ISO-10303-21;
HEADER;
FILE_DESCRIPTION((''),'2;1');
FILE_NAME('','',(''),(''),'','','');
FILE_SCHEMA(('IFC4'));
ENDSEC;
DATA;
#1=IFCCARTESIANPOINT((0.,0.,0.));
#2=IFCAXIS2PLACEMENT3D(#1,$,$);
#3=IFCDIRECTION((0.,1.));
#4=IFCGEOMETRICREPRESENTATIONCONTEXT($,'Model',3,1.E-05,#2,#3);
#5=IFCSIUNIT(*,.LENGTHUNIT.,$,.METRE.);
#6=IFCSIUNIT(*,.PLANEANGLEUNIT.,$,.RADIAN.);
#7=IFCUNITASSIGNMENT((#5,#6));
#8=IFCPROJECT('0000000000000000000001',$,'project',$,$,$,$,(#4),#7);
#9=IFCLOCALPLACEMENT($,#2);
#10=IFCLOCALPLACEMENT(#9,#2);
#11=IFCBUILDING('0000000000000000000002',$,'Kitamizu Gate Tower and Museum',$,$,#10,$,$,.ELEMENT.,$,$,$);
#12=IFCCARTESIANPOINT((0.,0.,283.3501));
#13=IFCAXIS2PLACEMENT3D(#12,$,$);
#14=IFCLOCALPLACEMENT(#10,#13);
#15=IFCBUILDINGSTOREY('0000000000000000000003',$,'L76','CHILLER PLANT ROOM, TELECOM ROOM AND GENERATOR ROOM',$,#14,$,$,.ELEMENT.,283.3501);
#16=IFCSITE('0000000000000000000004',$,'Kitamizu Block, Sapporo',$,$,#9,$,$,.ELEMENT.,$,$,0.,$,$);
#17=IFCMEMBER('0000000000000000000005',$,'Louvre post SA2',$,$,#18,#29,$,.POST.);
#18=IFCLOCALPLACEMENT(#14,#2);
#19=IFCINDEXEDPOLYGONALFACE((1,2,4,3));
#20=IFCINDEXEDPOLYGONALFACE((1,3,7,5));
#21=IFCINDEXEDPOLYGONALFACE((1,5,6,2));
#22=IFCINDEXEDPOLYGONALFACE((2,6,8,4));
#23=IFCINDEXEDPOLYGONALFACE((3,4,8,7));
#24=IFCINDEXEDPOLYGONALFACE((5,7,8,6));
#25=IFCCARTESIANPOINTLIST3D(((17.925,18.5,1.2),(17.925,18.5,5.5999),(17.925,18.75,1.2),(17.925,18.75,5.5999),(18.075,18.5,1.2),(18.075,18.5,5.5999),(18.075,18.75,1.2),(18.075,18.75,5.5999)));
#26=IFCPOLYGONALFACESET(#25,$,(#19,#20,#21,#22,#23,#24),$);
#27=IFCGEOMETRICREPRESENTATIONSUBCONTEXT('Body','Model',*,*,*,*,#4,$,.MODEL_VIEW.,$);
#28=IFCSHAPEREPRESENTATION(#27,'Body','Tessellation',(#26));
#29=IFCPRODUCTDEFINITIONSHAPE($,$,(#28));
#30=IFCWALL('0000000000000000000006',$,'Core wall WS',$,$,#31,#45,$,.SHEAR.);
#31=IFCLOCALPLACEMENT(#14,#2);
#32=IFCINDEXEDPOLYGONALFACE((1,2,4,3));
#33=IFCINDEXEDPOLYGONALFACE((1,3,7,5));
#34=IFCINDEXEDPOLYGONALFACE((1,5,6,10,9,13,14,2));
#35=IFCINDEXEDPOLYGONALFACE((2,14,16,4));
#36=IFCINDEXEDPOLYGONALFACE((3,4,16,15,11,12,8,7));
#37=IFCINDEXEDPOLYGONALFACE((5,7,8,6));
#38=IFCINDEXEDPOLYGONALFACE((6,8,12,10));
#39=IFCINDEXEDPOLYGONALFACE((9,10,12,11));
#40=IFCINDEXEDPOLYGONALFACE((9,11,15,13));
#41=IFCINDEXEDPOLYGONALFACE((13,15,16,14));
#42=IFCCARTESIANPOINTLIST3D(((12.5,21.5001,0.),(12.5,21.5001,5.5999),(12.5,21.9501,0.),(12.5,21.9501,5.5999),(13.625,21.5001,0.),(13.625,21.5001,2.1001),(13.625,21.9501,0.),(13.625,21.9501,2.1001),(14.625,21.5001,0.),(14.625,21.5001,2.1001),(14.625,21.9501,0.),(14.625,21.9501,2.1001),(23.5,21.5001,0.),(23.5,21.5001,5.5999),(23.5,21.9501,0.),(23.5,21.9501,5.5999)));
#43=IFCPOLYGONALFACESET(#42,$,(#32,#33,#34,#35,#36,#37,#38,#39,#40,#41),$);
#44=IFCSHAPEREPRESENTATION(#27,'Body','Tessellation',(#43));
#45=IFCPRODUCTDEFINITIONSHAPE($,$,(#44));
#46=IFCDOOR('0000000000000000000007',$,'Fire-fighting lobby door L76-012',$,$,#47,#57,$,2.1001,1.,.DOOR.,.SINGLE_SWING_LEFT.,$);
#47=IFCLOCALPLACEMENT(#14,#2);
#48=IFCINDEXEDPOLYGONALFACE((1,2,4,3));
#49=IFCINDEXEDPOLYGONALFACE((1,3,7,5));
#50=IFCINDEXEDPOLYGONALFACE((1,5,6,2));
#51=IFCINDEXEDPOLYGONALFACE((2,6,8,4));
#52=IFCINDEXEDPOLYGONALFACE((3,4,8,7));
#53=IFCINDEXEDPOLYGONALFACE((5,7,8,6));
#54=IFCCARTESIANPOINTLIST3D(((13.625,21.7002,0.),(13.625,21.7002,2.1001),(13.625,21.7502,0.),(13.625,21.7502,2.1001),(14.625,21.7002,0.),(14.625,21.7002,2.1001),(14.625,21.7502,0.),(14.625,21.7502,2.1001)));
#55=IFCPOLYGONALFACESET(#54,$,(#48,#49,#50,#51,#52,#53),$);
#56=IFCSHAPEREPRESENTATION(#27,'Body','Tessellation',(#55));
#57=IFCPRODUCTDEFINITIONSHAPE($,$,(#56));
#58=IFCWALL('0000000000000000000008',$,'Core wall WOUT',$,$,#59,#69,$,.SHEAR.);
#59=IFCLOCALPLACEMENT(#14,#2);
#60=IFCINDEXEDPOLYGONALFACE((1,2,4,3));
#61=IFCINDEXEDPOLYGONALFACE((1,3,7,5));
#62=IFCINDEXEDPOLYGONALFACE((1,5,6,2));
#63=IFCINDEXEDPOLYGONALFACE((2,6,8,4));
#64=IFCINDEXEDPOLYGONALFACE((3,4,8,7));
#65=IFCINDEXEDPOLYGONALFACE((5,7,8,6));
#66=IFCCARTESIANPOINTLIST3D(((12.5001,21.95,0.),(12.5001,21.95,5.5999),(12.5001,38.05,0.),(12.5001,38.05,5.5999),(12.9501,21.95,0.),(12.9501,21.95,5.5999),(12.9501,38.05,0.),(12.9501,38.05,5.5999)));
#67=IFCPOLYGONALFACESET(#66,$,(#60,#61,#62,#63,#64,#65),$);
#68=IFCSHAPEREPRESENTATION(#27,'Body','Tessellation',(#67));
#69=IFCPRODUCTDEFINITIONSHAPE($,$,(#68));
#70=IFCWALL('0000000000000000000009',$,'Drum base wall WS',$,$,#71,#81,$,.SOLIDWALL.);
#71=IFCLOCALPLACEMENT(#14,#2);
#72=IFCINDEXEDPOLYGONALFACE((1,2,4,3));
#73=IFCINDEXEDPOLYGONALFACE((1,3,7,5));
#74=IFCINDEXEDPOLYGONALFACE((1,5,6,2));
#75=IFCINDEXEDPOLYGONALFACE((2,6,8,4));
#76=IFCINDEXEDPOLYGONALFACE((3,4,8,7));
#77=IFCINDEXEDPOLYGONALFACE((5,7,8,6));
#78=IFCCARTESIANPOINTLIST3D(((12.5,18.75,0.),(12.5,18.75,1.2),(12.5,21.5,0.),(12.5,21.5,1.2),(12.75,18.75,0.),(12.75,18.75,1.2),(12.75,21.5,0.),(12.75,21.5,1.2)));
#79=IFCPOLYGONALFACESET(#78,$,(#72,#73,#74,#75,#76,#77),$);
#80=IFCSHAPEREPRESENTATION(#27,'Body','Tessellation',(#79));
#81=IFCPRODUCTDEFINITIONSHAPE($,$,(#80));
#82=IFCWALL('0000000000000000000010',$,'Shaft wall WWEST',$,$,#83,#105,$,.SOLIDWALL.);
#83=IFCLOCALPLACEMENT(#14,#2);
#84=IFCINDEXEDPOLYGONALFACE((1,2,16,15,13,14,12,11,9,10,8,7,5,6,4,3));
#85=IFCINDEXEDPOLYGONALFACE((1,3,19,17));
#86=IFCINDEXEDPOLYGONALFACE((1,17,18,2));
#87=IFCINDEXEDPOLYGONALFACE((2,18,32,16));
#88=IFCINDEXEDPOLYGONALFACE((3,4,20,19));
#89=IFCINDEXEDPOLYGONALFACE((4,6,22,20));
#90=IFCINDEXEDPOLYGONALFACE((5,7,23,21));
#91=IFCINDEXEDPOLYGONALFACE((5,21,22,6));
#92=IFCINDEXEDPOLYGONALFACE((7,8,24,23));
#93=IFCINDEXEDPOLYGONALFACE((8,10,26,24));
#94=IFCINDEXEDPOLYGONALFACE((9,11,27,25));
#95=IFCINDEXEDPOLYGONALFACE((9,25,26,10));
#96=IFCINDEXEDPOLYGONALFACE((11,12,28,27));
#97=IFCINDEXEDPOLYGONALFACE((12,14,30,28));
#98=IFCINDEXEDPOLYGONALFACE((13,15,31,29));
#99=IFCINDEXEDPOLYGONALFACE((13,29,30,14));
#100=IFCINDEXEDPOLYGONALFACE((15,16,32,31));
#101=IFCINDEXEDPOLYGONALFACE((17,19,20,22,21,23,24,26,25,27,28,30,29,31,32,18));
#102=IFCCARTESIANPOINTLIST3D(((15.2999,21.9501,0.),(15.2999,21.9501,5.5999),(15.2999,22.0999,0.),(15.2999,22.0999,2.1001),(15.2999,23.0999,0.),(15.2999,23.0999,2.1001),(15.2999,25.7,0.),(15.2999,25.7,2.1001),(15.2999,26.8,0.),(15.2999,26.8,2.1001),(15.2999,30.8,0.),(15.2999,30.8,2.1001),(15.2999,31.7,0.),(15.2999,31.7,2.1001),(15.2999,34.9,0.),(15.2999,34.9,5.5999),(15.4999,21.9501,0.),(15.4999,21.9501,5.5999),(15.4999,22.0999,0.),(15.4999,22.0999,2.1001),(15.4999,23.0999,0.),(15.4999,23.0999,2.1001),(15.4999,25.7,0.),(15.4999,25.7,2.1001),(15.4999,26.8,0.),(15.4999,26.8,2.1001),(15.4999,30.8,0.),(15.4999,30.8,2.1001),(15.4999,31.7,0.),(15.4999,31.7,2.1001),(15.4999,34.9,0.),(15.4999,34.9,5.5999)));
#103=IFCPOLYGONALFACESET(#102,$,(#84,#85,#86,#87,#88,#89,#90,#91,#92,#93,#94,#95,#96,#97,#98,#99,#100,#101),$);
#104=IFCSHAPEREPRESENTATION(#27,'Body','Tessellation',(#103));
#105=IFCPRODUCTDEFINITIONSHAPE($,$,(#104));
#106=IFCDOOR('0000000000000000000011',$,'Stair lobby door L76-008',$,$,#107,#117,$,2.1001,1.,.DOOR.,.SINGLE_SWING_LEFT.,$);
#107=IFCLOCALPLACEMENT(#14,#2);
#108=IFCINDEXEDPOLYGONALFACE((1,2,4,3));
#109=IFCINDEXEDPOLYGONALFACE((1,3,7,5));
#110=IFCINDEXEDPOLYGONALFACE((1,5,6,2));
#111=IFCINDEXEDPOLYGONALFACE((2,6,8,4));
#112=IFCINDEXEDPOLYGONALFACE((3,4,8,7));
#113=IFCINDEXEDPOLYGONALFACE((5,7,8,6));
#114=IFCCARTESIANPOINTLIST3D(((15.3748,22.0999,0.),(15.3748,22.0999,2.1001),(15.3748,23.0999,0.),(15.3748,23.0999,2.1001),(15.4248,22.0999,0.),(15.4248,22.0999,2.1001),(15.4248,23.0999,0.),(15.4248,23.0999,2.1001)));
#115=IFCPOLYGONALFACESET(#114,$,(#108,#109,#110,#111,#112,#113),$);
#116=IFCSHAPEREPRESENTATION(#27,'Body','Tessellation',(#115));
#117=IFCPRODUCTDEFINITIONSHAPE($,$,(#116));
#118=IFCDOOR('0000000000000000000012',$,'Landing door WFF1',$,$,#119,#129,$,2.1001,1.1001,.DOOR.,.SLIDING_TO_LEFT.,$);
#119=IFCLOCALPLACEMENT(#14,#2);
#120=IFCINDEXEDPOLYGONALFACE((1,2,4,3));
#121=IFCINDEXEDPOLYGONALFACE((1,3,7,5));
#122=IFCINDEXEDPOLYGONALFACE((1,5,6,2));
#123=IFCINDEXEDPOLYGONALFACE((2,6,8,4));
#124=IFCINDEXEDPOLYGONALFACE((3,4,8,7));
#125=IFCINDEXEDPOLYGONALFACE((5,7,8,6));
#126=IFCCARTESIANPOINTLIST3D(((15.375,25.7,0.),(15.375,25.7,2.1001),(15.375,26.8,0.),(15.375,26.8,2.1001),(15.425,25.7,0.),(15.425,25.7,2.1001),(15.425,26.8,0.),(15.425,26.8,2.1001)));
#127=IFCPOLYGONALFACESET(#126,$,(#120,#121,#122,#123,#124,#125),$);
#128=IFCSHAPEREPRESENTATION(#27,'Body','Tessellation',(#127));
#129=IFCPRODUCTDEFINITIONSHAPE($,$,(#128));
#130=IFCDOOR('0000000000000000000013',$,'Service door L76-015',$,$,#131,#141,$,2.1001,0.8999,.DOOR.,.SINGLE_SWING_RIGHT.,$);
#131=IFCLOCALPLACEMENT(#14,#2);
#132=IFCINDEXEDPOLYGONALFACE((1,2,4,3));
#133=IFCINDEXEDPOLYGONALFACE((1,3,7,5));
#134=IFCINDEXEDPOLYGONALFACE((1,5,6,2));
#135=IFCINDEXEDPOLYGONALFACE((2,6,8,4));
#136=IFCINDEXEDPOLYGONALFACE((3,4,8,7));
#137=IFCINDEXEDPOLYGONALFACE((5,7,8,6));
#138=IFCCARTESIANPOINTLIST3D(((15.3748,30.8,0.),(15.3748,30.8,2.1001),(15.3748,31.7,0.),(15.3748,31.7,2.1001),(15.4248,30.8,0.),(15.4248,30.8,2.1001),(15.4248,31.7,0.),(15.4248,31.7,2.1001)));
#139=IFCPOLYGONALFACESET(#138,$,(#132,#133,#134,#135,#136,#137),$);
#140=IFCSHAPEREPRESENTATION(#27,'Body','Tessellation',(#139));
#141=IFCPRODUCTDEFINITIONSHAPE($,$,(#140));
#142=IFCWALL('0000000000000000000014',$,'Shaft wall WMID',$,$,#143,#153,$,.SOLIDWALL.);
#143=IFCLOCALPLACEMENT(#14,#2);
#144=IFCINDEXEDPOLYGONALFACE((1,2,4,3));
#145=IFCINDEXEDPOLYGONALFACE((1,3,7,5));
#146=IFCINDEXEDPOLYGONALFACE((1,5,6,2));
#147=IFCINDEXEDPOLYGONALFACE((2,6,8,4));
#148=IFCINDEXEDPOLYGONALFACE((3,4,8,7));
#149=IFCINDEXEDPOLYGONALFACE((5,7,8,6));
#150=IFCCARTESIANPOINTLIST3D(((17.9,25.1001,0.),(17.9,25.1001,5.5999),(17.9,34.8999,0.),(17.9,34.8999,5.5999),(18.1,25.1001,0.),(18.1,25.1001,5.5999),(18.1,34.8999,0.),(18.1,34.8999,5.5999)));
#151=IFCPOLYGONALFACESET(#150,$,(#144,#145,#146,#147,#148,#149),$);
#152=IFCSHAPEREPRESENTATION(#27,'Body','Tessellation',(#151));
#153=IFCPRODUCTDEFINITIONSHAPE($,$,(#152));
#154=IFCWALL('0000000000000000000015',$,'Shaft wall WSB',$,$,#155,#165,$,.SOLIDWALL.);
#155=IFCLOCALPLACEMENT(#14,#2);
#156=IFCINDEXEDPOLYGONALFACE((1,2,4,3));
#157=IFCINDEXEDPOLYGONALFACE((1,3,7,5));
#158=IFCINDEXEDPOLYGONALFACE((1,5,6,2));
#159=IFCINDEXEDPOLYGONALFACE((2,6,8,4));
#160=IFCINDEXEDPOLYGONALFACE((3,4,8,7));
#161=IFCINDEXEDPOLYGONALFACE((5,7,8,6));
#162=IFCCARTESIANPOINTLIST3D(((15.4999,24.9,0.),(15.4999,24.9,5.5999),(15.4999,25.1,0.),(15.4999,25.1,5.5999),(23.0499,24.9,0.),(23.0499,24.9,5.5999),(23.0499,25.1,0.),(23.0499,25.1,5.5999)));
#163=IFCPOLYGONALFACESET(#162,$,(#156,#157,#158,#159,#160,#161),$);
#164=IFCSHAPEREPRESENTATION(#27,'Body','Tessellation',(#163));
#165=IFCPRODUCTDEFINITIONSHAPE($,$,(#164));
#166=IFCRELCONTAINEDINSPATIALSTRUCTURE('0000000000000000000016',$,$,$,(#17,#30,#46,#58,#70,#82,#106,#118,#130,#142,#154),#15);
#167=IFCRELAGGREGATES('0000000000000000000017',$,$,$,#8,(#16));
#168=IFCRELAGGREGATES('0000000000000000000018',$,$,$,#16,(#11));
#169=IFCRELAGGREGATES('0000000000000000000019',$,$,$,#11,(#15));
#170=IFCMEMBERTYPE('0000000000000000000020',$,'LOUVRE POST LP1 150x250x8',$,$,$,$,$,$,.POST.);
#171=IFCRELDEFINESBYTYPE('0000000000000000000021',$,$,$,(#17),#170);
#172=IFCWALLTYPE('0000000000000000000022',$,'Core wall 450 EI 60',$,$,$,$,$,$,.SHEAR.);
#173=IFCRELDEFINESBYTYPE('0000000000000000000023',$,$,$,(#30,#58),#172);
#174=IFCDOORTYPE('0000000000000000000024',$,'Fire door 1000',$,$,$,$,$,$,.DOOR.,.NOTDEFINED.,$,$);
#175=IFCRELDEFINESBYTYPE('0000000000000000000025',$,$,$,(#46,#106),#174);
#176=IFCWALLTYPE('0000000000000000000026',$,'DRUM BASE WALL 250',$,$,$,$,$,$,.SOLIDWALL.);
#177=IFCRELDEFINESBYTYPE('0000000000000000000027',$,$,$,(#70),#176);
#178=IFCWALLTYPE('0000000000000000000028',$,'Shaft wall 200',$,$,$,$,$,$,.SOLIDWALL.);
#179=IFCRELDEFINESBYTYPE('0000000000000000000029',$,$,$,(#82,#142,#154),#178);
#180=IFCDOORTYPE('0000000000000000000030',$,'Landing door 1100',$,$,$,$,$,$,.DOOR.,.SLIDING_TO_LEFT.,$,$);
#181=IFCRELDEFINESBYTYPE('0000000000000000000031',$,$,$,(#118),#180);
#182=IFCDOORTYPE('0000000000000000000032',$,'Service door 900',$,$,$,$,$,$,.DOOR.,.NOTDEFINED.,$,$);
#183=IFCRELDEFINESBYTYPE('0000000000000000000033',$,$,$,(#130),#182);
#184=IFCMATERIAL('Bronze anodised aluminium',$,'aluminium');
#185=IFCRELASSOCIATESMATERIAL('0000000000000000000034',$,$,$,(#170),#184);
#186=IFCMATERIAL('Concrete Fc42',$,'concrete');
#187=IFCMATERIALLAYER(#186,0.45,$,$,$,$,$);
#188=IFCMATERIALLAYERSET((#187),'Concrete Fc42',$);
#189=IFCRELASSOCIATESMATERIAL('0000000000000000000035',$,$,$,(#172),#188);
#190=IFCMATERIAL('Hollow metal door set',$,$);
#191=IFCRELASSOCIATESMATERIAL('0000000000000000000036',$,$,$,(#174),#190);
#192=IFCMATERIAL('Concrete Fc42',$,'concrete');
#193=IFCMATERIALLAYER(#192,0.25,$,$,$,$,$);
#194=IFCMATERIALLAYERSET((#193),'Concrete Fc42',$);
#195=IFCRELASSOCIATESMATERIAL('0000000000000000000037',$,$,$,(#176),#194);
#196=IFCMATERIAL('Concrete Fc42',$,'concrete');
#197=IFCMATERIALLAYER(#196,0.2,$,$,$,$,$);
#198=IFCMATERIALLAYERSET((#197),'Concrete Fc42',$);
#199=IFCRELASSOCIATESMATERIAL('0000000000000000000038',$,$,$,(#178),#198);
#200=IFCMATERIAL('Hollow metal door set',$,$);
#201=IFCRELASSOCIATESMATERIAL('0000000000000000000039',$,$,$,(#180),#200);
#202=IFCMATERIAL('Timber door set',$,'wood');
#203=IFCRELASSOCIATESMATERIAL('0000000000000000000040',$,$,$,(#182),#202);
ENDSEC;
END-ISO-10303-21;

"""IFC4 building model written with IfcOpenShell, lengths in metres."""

from ifc_helpers import new_model, si_unit, direction, frame, frame_2d, origin, origin_2d, place, context, subcontext, project, spatial, rectangle, extrude, material, layer, layer_set, material_profile, profile_set, type_object, element, fill, save


model = new_model("IFC4")

# Units and contexts
model_context = context("Model", 3, precision=1e-05, world=origin(), true_north=direction((0.0, 1.0)))
body_context = subcontext(model_context, "Body", "Model", "MODEL_VIEW")
ifc_project = project(units=[si_unit("LENGTHUNIT", "METRE"), si_unit("PLANEANGLEUNIT", "RADIAN")], contexts=[model_context])

# Site, building, storey
site_placement = place(None, origin())
site = spatial("IfcSite", under=ifc_project, at=site_placement, Name="Kitamizu Block, Sapporo", CompositionType="ELEMENT", RefElevation=0.0)
building_placement = place(site_placement, origin())
building = spatial("IfcBuilding", under=site, at=building_placement, Name="Kitamizu Gate Tower and Museum", CompositionType="ELEMENT")
storey_placement = place(building_placement, frame((0.0, 0.0, 283.3501)))
storey = spatial("IfcBuildingStorey", under=building, at=storey_placement, Name="L76", Description="CHILLER PLANT ROOM, TELECOM ROOM AND GENERATOR ROOM", CompositionType="ELEMENT", Elevation=283.3501)

# Member
ifc_material_1 = material(Name="Bronze anodised aluminium", Category="aluminium")
ifc_material_profile_1 = material_profile(ifc_material_1, rectangle(XDim=0.1499, YDim=0.25, at=origin_2d()), Name="AL 150x250")
ifc_profile_set_1 = profile_set([ifc_material_profile_1], Name="Bronze anodised aluminium")
member_type = type_object("IfcMemberType", Name="LOUVRE POST LP1 150x250x8", PredefinedType="POST", material=ifc_profile_set_1)
member_placement = place(storey_placement, frame((18.0, 18.625, 1.2), z_axis=(0.0, 0.0, 1.0), x_axis=(1.0, 0.0, 0.0)))
element("IfcMember", 1, at=member_placement, inside=storey, type_object=member_type, Name="Louvre post SA2", PredefinedType="POST", context=body_context, shape_type="SweptSolid", body=[
    extrude(rectangle(XDim=0.1499, YDim=0.25, at=origin_2d()), origin(), (0.0, 0.0, 1.0), 4.3999),
])

# Wall, opening, door
ifc_material_2 = material(Name="Concrete Fc42", Category="concrete")
ifc_layer_1 = layer(ifc_material_2, 0.45)
ifc_layer_set_1 = layer_set([ifc_layer_1], Name="Concrete Fc42")
wall_type_1 = type_object("IfcWallType", Name="Core wall 450 EI 60", PredefinedType="SHEAR", material=ifc_layer_set_1)
wall_1_placement = place(storey_placement, frame((12.5, 21.7251, 0.0), z_axis=(0.0, 0.0, 1.0), x_axis=(1.0, 0.0, 0.0)))
wall_1 = element("IfcWall", 2, at=wall_1_placement, inside=storey, type_object=wall_type_1, Name="Core wall WS", PredefinedType="SHEAR", context=body_context, shape_type="SweptSolid", body=[
    extrude(rectangle(XDim=11.0, YDim=0.45, at=frame_2d((5.5, 0.0))), origin(), (0.0, 0.0, 1.0), 5.5999),
])
opening_1_placement = place(wall_1_placement, frame((1.125, 0.0, 0.0)))
opening_1 = element("IfcOpeningElement", 3, at=opening_1_placement, cuts=wall_1, PredefinedType="OPENING", context=body_context, shape_type="SweptSolid", body=[
    extrude(rectangle(XDim=1.0, YDim=2.1001, at=frame_2d((0.5, 1.05))), frame((0.0, 0.2349, 0.0), z_axis=(0.0, -1.0, 0.0), x_axis=(1.0, 0.0, 0.0)), (0.0, 0.0, 1.0), 0.47),
])
ifc_material_3 = material(Name="Hollow metal door set")
door_type_1 = type_object("IfcDoorType", Name="Fire door 1000", OperationType="NOTDEFINED", PredefinedType="DOOR", material=ifc_material_3)
door_1_placement = place(opening_1_placement, frame((1.0, 0.0, 0.0), x_axis=(-1.0, 0.0, 0.0)))
door_1 = element("IfcDoor", 4, at=door_1_placement, inside=storey, type_object=door_type_1, Name="Fire-fighting lobby door L76-012", OperationType="SINGLE_SWING_LEFT", OverallHeight=2.1001, OverallWidth=1.0, PredefinedType="DOOR", context=body_context, shape_type="SweptSolid", body=[
    extrude(rectangle(XDim=1.0, YDim=2.1001, at=frame_2d((0.5, 1.05))), frame((0.0, 0.0249, 0.0), z_axis=(0.0, -1.0, 0.0), x_axis=(1.0, 0.0, 0.0)), (0.0, 0.0, 1.0), 0.05),
])
fill(opening_1, door_1)

# Walls
wall_2_placement = place(storey_placement, frame((12.7251, 21.95, 0.0), z_axis=(0.0, 0.0, 1.0), x_axis=(0.0, 1.0, 0.0)))
element("IfcWall", 5, at=wall_2_placement, inside=storey, type_object=wall_type_1, Name="Core wall WOUT", PredefinedType="SHEAR", context=body_context, shape_type="SweptSolid", body=[
    extrude(rectangle(XDim=16.1001, YDim=0.45, at=frame_2d((8.05, 0.0))), origin(), (0.0, 0.0, 1.0), 5.5999),
])
ifc_material_4 = material(Name="Concrete Fc42", Category="concrete")
ifc_layer_2 = layer(ifc_material_4, 0.25)
ifc_layer_set_2 = layer_set([ifc_layer_2], Name="Concrete Fc42")
wall_type_2 = type_object("IfcWallType", Name="DRUM BASE WALL 250", PredefinedType="SOLIDWALL", material=ifc_layer_set_2)
wall_3_placement = place(storey_placement, frame((12.625, 18.75, 0.0), z_axis=(0.0, 0.0, 1.0), x_axis=(0.0, 1.0, 0.0)))
element("IfcWall", 6, at=wall_3_placement, inside=storey, type_object=wall_type_2, Name="Drum base wall WS", PredefinedType="SOLIDWALL", context=body_context, shape_type="SweptSolid", body=[
    extrude(rectangle(XDim=2.75, YDim=0.25, at=frame_2d((1.375, 0.0))), origin(), (0.0, 0.0, 1.0), 1.2),
])

# Wall, openings, doors
ifc_material_5 = material(Name="Concrete Fc42", Category="concrete")
ifc_layer_3 = layer(ifc_material_5, 0.2)
ifc_layer_set_3 = layer_set([ifc_layer_3], Name="Concrete Fc42")
wall_type_3 = type_object("IfcWallType", Name="Shaft wall 200", PredefinedType="SOLIDWALL", material=ifc_layer_set_3)
wall_4_placement = place(storey_placement, frame((15.3999, 21.95, 0.0), z_axis=(0.0, 0.0, 1.0), x_axis=(0.0, 1.0, 0.0)))
wall_4 = element("IfcWall", 7, at=wall_4_placement, inside=storey, type_object=wall_type_3, Name="Shaft wall WWEST", PredefinedType="SOLIDWALL", context=body_context, shape_type="SweptSolid", body=[
    extrude(rectangle(XDim=12.95, YDim=0.2, at=frame_2d((6.4751, 0.0))), origin(), (0.0, 0.0, 1.0), 5.5999),
])
opening_2_placement = place(wall_4_placement, frame((3.75, 0.0, 0.0)))
opening_2 = element("IfcOpeningElement", 8, at=opening_2_placement, cuts=wall_4, PredefinedType="OPENING", context=body_context, shape_type="SweptSolid", body=[
    extrude(rectangle(XDim=1.1001, YDim=2.1001, at=frame_2d((0.55, 1.05))), frame((0.0, 0.1099, 0.0), z_axis=(0.0, -1.0, 0.0), x_axis=(1.0, 0.0, 0.0)), (0.0, 0.0, 1.0), 0.22),
])
opening_3_placement = place(wall_4_placement, frame((0.1499, 0.0, 0.0)))
opening_3 = element("IfcOpeningElement", 9, at=opening_3_placement, cuts=wall_4, PredefinedType="OPENING", context=body_context, shape_type="SweptSolid", body=[
    extrude(rectangle(XDim=1.0, YDim=2.1001, at=frame_2d((0.5, 1.05))), frame((0.0, 0.1099, 0.0), z_axis=(0.0, -1.0, 0.0), x_axis=(1.0, 0.0, 0.0)), (0.0, 0.0, 1.0), 0.22),
])
opening_4_placement = place(wall_4_placement, frame((8.8501, 0.0, 0.0)))
opening_4 = element("IfcOpeningElement", 10, at=opening_4_placement, cuts=wall_4, PredefinedType="OPENING", context=body_context, shape_type="SweptSolid", body=[
    extrude(rectangle(XDim=0.8999, YDim=2.1001, at=frame_2d((0.45, 1.05))), frame((0.0, 0.1099, 0.0), z_axis=(0.0, -1.0, 0.0), x_axis=(1.0, 0.0, 0.0)), (0.0, 0.0, 1.0), 0.22),
])
door_2_placement = place(opening_3_placement, frame((1.0, 0.0, 0.0), x_axis=(-1.0, 0.0, 0.0)))
door_2 = element("IfcDoor", 11, at=door_2_placement, inside=storey, type_object=door_type_1, Name="Stair lobby door L76-008", OperationType="SINGLE_SWING_LEFT", OverallHeight=2.1001, OverallWidth=1.0, PredefinedType="DOOR", context=body_context, shape_type="SweptSolid", body=[
    extrude(rectangle(XDim=1.0, YDim=2.1001, at=frame_2d((0.5, 1.05))), frame((0.0, 0.0249, 0.0), z_axis=(0.0, -1.0, 0.0), x_axis=(1.0, 0.0, 0.0)), (0.0, 0.0, 1.0), 0.05),
])
fill(opening_3, door_2)
ifc_material_6 = material(Name="Hollow metal door set")
door_type_2 = type_object("IfcDoorType", Name="Landing door 1100", OperationType="SLIDING_TO_LEFT", PredefinedType="DOOR", material=ifc_material_6)
door_3_placement = place(opening_2_placement, origin())
door_3 = element("IfcDoor", 12, at=door_3_placement, inside=storey, type_object=door_type_2, Name="Landing door WFF1", OperationType="SLIDING_TO_LEFT", OverallHeight=2.1001, OverallWidth=1.1001, PredefinedType="DOOR", context=body_context, shape_type="SweptSolid", body=[
    extrude(rectangle(XDim=1.1001, YDim=2.1001, at=frame_2d((0.55, 1.05))), frame((0.0, 0.0249, 0.0), z_axis=(0.0, -1.0, 0.0), x_axis=(1.0, 0.0, 0.0)), (0.0, 0.0, 1.0), 0.05),
])
fill(opening_2, door_3)
ifc_material_7 = material(Name="Timber door set", Category="wood")
door_type_3 = type_object("IfcDoorType", Name="Service door 900", OperationType="NOTDEFINED", PredefinedType="DOOR", material=ifc_material_7)
door_4_placement = place(opening_4_placement, frame((0.8999, 0.0, 0.0), x_axis=(-1.0, 0.0, 0.0)))
door_4 = element("IfcDoor", 13, at=door_4_placement, inside=storey, type_object=door_type_3, Name="Service door L76-015", OperationType="SINGLE_SWING_RIGHT", OverallHeight=2.1001, OverallWidth=0.8999, PredefinedType="DOOR", context=body_context, shape_type="SweptSolid", body=[
    extrude(rectangle(XDim=0.8999, YDim=2.1001, at=frame_2d((0.45, 1.05))), frame((0.0, 0.0249, 0.0), z_axis=(0.0, -1.0, 0.0), x_axis=(1.0, 0.0, 0.0)), (0.0, 0.0, 1.0), 0.05),
])
fill(opening_4, door_4)

# Walls
wall_5_placement = place(storey_placement, frame((18.0, 25.1001, 0.0), z_axis=(0.0, 0.0, 1.0), x_axis=(0.0, 1.0, 0.0)))
element("IfcWall", 14, at=wall_5_placement, inside=storey, type_object=wall_type_3, Name="Shaft wall WMID", PredefinedType="SOLIDWALL", context=body_context, shape_type="SweptSolid", body=[
    extrude(rectangle(XDim=9.7998, YDim=0.2, at=frame_2d((4.8999, 0.0))), origin(), (0.0, 0.0, 1.0), 5.5999),
])
wall_6_placement = place(storey_placement, frame((15.5, 25.0, 0.0), z_axis=(0.0, 0.0, 1.0), x_axis=(1.0, 0.0, 0.0)))
element("IfcWall", 15, at=wall_6_placement, inside=storey, type_object=wall_type_3, Name="Shaft wall WSB", PredefinedType="SOLIDWALL", context=body_context, shape_type="SweptSolid", body=[
    extrude(rectangle(XDim=7.55, YDim=0.2, at=frame_2d((3.7749, 0.0))), origin(), (0.0, 0.0, 1.0), 5.5999),
])

save(model, "model.ifc")
